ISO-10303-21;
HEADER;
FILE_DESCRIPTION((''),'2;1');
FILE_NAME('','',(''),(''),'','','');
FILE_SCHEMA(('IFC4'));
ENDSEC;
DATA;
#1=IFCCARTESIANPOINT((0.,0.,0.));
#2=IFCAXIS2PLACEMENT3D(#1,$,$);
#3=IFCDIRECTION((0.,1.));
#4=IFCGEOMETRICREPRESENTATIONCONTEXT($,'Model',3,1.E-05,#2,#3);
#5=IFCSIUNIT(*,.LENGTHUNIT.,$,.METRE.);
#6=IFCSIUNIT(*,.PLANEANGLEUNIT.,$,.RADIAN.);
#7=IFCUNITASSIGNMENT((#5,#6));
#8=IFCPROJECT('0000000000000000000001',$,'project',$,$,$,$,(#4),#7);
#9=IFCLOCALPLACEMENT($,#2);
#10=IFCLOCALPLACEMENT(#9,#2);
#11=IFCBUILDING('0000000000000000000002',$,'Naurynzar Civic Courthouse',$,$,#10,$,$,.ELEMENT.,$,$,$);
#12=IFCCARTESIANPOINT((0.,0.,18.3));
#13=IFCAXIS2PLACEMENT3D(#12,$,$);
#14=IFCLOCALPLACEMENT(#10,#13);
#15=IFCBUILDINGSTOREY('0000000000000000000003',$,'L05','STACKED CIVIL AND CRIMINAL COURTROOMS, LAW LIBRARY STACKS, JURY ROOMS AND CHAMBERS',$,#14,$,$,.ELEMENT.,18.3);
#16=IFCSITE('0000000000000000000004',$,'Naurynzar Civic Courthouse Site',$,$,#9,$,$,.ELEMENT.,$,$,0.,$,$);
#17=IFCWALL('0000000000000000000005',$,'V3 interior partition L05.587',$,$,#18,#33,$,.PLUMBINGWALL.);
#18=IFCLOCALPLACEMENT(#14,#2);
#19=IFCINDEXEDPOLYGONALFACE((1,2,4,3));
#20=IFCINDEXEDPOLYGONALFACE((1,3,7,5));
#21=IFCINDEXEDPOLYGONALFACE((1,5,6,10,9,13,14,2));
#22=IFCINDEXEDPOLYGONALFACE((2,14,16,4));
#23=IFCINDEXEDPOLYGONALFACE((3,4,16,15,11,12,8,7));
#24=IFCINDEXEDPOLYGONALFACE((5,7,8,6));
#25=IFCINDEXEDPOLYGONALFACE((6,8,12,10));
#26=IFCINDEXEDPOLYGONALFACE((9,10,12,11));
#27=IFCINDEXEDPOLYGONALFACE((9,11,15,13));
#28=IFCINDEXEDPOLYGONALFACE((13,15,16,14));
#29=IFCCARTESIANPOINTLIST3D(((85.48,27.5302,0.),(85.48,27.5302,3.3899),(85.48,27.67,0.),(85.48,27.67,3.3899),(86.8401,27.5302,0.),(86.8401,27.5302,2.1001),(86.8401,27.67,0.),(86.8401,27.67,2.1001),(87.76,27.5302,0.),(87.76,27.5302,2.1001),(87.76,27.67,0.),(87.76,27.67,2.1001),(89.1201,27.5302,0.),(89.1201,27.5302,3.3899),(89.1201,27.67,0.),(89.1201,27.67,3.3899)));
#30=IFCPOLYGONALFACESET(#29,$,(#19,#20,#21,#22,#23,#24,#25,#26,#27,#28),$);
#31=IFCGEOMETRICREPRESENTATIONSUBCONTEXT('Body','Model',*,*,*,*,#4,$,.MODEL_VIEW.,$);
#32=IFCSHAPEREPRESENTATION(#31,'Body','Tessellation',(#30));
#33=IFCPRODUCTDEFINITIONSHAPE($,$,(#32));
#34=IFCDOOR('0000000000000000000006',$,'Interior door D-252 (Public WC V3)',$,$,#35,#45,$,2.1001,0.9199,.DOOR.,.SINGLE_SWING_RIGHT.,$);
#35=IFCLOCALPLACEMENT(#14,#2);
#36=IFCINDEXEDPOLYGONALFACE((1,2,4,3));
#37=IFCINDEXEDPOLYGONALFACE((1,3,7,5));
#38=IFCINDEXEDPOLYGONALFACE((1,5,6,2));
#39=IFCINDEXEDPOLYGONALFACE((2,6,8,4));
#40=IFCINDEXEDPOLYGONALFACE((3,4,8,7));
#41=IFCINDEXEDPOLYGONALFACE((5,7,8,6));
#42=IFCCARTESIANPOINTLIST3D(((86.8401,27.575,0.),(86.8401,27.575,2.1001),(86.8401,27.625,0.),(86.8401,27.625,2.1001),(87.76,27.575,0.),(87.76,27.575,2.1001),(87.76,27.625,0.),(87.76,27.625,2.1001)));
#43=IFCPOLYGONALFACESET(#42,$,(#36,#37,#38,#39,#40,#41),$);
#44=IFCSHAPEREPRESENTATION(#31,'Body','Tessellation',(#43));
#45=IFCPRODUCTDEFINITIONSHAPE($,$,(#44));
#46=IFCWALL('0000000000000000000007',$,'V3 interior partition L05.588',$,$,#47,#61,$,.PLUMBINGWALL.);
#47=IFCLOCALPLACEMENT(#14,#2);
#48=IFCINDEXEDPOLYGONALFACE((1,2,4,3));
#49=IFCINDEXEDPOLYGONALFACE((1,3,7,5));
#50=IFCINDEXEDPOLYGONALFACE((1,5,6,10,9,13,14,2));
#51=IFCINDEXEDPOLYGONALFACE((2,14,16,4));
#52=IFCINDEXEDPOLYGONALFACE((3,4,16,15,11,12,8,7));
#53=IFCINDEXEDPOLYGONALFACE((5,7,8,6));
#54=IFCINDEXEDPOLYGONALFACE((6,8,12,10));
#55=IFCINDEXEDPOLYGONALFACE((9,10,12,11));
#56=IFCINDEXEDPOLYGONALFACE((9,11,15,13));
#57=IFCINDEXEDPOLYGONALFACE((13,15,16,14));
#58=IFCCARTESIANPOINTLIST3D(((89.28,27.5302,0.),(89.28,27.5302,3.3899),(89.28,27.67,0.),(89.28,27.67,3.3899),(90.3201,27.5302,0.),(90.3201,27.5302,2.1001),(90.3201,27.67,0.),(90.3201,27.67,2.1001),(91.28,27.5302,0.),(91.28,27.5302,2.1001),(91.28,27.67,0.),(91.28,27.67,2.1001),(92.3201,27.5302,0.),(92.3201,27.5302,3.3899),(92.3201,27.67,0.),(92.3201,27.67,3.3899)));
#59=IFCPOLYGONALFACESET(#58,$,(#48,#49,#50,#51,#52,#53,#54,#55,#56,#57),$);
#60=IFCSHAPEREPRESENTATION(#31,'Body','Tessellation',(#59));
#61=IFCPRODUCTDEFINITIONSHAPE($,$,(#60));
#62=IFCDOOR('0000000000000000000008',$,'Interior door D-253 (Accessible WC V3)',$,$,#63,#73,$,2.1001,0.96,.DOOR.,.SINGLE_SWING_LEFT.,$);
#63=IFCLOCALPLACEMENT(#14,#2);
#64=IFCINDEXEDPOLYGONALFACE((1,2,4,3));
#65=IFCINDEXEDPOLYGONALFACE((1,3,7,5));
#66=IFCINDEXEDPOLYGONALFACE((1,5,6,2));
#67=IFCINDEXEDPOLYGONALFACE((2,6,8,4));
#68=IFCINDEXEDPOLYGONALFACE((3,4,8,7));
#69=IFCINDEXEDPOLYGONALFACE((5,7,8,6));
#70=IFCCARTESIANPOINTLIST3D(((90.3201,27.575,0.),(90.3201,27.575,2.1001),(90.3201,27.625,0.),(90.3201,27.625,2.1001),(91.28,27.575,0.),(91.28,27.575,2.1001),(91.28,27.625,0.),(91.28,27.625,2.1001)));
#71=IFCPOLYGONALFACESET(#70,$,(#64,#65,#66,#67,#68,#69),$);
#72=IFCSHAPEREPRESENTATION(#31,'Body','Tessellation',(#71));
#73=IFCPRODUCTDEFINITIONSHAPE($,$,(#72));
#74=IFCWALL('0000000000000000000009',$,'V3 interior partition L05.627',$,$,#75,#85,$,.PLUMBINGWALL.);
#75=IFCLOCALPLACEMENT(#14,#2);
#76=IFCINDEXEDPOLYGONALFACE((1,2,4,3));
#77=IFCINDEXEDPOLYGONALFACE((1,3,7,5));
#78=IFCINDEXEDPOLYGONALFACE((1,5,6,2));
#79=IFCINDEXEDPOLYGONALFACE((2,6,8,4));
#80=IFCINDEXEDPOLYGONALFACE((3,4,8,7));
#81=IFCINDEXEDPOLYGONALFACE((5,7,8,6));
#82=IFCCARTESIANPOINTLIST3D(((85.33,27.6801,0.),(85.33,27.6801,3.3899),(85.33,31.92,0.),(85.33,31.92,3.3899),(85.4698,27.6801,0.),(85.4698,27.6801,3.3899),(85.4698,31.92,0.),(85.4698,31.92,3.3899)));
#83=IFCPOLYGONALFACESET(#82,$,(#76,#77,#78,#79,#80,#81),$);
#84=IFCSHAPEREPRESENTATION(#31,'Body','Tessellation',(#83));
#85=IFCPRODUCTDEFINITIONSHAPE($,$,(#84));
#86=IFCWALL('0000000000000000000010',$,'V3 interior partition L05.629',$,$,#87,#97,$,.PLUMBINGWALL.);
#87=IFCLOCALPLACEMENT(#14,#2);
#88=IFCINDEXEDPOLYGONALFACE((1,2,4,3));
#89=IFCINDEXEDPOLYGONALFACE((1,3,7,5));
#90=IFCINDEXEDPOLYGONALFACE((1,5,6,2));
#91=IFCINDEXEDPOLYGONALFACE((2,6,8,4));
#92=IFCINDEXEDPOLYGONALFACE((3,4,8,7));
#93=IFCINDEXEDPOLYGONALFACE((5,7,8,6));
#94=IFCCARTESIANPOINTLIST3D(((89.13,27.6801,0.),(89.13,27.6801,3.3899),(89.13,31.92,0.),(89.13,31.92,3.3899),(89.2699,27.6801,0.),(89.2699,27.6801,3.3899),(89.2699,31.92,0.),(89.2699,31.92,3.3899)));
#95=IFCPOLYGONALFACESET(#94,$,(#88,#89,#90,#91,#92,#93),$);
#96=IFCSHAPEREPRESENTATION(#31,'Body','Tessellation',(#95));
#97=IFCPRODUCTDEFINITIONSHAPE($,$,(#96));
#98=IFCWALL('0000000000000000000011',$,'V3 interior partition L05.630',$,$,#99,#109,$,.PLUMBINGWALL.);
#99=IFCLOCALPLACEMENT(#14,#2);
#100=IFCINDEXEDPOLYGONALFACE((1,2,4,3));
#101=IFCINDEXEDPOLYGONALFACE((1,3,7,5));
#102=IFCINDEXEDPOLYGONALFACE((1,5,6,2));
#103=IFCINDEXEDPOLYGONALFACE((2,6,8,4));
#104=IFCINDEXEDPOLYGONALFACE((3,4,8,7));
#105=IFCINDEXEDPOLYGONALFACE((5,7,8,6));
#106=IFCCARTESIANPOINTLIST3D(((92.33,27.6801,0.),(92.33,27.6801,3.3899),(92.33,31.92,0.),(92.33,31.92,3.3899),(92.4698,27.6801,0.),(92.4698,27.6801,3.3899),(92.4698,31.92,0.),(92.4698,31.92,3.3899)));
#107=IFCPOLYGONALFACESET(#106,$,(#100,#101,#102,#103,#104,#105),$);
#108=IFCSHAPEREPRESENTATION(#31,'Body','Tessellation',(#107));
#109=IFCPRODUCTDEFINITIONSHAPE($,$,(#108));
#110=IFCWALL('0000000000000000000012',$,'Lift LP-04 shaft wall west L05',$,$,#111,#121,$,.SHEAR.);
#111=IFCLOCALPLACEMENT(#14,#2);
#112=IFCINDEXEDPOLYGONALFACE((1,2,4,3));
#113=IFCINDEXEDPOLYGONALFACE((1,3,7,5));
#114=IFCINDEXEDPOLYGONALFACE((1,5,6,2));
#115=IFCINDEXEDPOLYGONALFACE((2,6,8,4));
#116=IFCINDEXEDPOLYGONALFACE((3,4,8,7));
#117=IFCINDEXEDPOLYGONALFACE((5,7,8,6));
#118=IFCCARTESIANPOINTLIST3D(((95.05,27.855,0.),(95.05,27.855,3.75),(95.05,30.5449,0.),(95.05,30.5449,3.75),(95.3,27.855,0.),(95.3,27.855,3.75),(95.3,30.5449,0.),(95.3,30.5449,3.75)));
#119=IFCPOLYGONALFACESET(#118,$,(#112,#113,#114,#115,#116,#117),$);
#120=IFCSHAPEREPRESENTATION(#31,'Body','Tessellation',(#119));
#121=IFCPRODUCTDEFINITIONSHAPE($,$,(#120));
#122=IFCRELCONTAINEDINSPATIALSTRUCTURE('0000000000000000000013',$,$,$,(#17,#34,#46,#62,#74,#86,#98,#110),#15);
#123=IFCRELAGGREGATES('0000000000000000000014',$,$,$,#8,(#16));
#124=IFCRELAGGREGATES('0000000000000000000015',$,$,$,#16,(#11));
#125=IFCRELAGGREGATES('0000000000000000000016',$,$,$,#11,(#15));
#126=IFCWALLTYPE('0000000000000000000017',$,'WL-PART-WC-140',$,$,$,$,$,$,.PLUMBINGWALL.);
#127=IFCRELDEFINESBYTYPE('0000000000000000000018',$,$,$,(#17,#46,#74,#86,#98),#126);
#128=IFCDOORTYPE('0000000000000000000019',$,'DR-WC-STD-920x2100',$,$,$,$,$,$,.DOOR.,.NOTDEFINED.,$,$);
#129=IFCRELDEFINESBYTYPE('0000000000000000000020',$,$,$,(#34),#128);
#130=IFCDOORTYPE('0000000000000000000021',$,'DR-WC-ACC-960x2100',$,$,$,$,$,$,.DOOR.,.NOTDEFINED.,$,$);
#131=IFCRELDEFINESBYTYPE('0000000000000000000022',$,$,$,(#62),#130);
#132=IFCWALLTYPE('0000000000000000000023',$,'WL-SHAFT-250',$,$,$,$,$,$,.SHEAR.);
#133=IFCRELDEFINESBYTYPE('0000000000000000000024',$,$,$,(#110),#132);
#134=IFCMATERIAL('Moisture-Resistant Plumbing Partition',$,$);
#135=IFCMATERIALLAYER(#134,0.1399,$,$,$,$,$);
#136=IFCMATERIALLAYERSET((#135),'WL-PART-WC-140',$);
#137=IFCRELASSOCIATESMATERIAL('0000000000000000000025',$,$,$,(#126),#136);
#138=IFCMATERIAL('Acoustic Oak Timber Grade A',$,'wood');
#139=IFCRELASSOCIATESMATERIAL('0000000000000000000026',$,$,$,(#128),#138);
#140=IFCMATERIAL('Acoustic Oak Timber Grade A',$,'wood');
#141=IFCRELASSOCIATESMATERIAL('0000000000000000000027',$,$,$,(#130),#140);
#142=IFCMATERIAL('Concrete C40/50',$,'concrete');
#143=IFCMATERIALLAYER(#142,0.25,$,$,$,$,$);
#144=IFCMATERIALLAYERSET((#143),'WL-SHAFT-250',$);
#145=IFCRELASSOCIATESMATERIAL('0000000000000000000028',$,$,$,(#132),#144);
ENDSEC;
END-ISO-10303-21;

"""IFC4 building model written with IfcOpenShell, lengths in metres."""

from ifc_helpers import new_model, si_unit, direction, frame, frame_2d, origin, place, context, subcontext, project, spatial, rectangle, extrude, material, layer, layer_set, type_object, element, fill, save


model = new_model("IFC4")

# Units and contexts
model_context = context("Model", 3, precision=1e-05, world=origin(), true_north=direction((0.0, 1.0)))
body_context = subcontext(model_context, "Body", "Model", "MODEL_VIEW")
ifc_project = project(units=[si_unit("LENGTHUNIT", "METRE"), si_unit("PLANEANGLEUNIT", "RADIAN")], contexts=[model_context])

# Site, building, storey
site_placement = place(None, origin())
site = spatial("IfcSite", under=ifc_project, at=site_placement, Name="Naurynzar Civic Courthouse Site", CompositionType="ELEMENT", RefElevation=0.0)
building_placement = place(site_placement, origin())
building = spatial("IfcBuilding", under=site, at=building_placement, Name="Naurynzar Civic Courthouse", CompositionType="ELEMENT")
storey_placement = place(building_placement, frame((0.0, 0.0, 18.3)))
storey = spatial("IfcBuildingStorey", under=building, at=storey_placement, Name="L05", Description="STACKED CIVIL AND CRIMINAL COURTROOMS, LAW LIBRARY STACKS, JURY ROOMS AND CHAMBERS", CompositionType="ELEMENT", Elevation=18.3)

# Walls, openings, doors
ifc_material_1 = material(Name="Moisture-Resistant Plumbing Partition")
ifc_layer_1 = layer(ifc_material_1, 0.1399)
ifc_layer_set_1 = layer_set([ifc_layer_1], Name="WL-PART-WC-140")
wall_type_1 = type_object("IfcWallType", Name="WL-PART-WC-140", PredefinedType="PLUMBINGWALL", material=ifc_layer_set_1)
wall_1_placement = place(storey_placement, frame((85.48, 27.6001, 0.0), z_axis=(0.0, 0.0, 1.0), x_axis=(1.0, 0.0, 0.0)))
wall_1 = element("IfcWall", 1, at=wall_1_placement, inside=storey, type_object=wall_type_1, Name="V3 interior partition L05.587", PredefinedType="PLUMBINGWALL", context=body_context, shape_type="SweptSolid", body=[
    extrude(rectangle(XDim=3.6401, YDim=0.1399, at=frame_2d((1.8201, 0.0))), origin(), (0.0, 0.0, 1.0), 3.3899),
])
opening_1_placement = place(wall_1_placement, frame((1.3601, 0.0, 0.0)))
opening_1 = element("IfcOpeningElement", 2, at=opening_1_placement, cuts=wall_1, PredefinedType="OPENING", context=body_context, shape_type="SweptSolid", body=[
    extrude(rectangle(XDim=0.9199, YDim=2.1001, at=frame_2d((0.46, 1.05))), frame((0.0, 0.0798, 0.0), z_axis=(0.0, -1.0, 0.0), x_axis=(1.0, 0.0, 0.0)), (0.0, 0.0, 1.0), 0.1599),
])
ifc_material_2 = material(Name="Acoustic Oak Timber Grade A", Category="wood")
door_type_1 = type_object("IfcDoorType", Name="DR-WC-STD-920x2100", OperationType="NOTDEFINED", PredefinedType="DOOR", material=ifc_material_2)
door_1_placement = place(opening_1_placement, origin())
door_1 = element("IfcDoor", 3, at=door_1_placement, inside=storey, type_object=door_type_1, Name="Interior door D-252 (Public WC V3)", OperationType="SINGLE_SWING_RIGHT", OverallHeight=2.1001, OverallWidth=0.9199, PredefinedType="DOOR", context=body_context, shape_type="SweptSolid", body=[
    extrude(rectangle(XDim=0.9199, YDim=2.1001, at=frame_2d((0.46, 1.05))), frame((0.0, 0.0249, 0.0), z_axis=(0.0, -1.0, 0.0), x_axis=(1.0, 0.0, 0.0)), (0.0, 0.0, 1.0), 0.05),
])
fill(opening_1, door_1)
wall_2_placement = place(storey_placement, frame((89.28, 27.6001, 0.0), z_axis=(0.0, 0.0, 1.0), x_axis=(1.0, 0.0, 0.0)))
wall_2 = element("IfcWall", 4, at=wall_2_placement, inside=storey, type_object=wall_type_1, Name="V3 interior partition L05.588", PredefinedType="PLUMBINGWALL", context=body_context, shape_type="SweptSolid", body=[
    extrude(rectangle(XDim=3.04, YDim=0.1399, at=frame_2d((1.52, 0.0))), origin(), (0.0, 0.0, 1.0), 3.3899),
])
opening_2_placement = place(wall_2_placement, frame((1.04, 0.0, 0.0)))
opening_2 = element("IfcOpeningElement", 5, at=opening_2_placement, cuts=wall_2, PredefinedType="OPENING", context=body_context, shape_type="SweptSolid", body=[
    extrude(rectangle(XDim=0.96, YDim=2.1001, at=frame_2d((0.48, 1.05))), frame((0.0, 0.0798, 0.0), z_axis=(0.0, -1.0, 0.0), x_axis=(1.0, 0.0, 0.0)), (0.0, 0.0, 1.0), 0.1599),
])
ifc_material_3 = material(Name="Acoustic Oak Timber Grade A", Category="wood")
door_type_2 = type_object("IfcDoorType", Name="DR-WC-ACC-960x2100", OperationType="NOTDEFINED", PredefinedType="DOOR", material=ifc_material_3)
door_2_placement = place(opening_2_placement, origin())
door_2 = element("IfcDoor", 6, at=door_2_placement, inside=storey, type_object=door_type_2, Name="Interior door D-253 (Accessible WC V3)", OperationType="SINGLE_SWING_LEFT", OverallHeight=2.1001, OverallWidth=0.96, PredefinedType="DOOR", context=body_context, shape_type="SweptSolid", body=[
    extrude(rectangle(XDim=0.96, YDim=2.1001, at=frame_2d((0.48, 1.05))), frame((0.0, 0.0249, 0.0), z_axis=(0.0, -1.0, 0.0), x_axis=(1.0, 0.0, 0.0)), (0.0, 0.0, 1.0), 0.05),
])
fill(opening_2, door_2)

# Walls
for number, where, z_axis, x_axis, name in (
    (7, (85.3999, 27.6799, 0.0), (0.0, 0.0, 1.0), (0.0, 1.0, 0.0), "V3 interior partition L05.627"),
    (8, (89.2, 27.6799, 0.0), (0.0, 0.0, 1.0), (0.0, 1.0, 0.0), "V3 interior partition L05.629"),
    (9, (92.3999, 27.6799, 0.0), (0.0, 0.0, 1.0), (0.0, 1.0, 0.0), "V3 interior partition L05.630"),
):
    element("IfcWall", number, at=place(storey_placement, frame(where, z_axis=z_axis, x_axis=x_axis)), inside=storey, type_object=wall_type_1, Name=name, PredefinedType="PLUMBINGWALL", context=body_context, shape_type="SweptSolid", body=[
        extrude(rectangle(XDim=4.24, YDim=0.1399, at=frame_2d((2.1201, 0.0))), origin(), (0.0, 0.0, 1.0), 3.3899),
    ])

# Shared definitions
ifc_material_4 = material(Name="Concrete C40/50", Category="concrete")
ifc_layer_2 = layer(ifc_material_4, 0.25)
ifc_layer_set_2 = layer_set([ifc_layer_2], Name="WL-SHAFT-250")
wall_type_2 = type_object("IfcWallType", Name="WL-SHAFT-250", PredefinedType="SHEAR", material=ifc_layer_set_2)

# Wall
wall_3_placement = place(storey_placement, frame((95.175, 30.5449, 0.0), z_axis=(0.0, 0.0, 1.0), x_axis=(0.0, -1.0, 0.0)))
element("IfcWall", 10, at=wall_3_placement, inside=storey, type_object=wall_type_2, Name="Lift LP-04 shaft wall west L05", PredefinedType="SHEAR", context=body_context, shape_type="SweptSolid", body=[
    extrude(rectangle(XDim=2.6899, YDim=0.25, at=frame_2d((1.345, 0.0))), origin(), (0.0, 0.0, 1.0), 3.75),
])

save(model, "model.ifc")
